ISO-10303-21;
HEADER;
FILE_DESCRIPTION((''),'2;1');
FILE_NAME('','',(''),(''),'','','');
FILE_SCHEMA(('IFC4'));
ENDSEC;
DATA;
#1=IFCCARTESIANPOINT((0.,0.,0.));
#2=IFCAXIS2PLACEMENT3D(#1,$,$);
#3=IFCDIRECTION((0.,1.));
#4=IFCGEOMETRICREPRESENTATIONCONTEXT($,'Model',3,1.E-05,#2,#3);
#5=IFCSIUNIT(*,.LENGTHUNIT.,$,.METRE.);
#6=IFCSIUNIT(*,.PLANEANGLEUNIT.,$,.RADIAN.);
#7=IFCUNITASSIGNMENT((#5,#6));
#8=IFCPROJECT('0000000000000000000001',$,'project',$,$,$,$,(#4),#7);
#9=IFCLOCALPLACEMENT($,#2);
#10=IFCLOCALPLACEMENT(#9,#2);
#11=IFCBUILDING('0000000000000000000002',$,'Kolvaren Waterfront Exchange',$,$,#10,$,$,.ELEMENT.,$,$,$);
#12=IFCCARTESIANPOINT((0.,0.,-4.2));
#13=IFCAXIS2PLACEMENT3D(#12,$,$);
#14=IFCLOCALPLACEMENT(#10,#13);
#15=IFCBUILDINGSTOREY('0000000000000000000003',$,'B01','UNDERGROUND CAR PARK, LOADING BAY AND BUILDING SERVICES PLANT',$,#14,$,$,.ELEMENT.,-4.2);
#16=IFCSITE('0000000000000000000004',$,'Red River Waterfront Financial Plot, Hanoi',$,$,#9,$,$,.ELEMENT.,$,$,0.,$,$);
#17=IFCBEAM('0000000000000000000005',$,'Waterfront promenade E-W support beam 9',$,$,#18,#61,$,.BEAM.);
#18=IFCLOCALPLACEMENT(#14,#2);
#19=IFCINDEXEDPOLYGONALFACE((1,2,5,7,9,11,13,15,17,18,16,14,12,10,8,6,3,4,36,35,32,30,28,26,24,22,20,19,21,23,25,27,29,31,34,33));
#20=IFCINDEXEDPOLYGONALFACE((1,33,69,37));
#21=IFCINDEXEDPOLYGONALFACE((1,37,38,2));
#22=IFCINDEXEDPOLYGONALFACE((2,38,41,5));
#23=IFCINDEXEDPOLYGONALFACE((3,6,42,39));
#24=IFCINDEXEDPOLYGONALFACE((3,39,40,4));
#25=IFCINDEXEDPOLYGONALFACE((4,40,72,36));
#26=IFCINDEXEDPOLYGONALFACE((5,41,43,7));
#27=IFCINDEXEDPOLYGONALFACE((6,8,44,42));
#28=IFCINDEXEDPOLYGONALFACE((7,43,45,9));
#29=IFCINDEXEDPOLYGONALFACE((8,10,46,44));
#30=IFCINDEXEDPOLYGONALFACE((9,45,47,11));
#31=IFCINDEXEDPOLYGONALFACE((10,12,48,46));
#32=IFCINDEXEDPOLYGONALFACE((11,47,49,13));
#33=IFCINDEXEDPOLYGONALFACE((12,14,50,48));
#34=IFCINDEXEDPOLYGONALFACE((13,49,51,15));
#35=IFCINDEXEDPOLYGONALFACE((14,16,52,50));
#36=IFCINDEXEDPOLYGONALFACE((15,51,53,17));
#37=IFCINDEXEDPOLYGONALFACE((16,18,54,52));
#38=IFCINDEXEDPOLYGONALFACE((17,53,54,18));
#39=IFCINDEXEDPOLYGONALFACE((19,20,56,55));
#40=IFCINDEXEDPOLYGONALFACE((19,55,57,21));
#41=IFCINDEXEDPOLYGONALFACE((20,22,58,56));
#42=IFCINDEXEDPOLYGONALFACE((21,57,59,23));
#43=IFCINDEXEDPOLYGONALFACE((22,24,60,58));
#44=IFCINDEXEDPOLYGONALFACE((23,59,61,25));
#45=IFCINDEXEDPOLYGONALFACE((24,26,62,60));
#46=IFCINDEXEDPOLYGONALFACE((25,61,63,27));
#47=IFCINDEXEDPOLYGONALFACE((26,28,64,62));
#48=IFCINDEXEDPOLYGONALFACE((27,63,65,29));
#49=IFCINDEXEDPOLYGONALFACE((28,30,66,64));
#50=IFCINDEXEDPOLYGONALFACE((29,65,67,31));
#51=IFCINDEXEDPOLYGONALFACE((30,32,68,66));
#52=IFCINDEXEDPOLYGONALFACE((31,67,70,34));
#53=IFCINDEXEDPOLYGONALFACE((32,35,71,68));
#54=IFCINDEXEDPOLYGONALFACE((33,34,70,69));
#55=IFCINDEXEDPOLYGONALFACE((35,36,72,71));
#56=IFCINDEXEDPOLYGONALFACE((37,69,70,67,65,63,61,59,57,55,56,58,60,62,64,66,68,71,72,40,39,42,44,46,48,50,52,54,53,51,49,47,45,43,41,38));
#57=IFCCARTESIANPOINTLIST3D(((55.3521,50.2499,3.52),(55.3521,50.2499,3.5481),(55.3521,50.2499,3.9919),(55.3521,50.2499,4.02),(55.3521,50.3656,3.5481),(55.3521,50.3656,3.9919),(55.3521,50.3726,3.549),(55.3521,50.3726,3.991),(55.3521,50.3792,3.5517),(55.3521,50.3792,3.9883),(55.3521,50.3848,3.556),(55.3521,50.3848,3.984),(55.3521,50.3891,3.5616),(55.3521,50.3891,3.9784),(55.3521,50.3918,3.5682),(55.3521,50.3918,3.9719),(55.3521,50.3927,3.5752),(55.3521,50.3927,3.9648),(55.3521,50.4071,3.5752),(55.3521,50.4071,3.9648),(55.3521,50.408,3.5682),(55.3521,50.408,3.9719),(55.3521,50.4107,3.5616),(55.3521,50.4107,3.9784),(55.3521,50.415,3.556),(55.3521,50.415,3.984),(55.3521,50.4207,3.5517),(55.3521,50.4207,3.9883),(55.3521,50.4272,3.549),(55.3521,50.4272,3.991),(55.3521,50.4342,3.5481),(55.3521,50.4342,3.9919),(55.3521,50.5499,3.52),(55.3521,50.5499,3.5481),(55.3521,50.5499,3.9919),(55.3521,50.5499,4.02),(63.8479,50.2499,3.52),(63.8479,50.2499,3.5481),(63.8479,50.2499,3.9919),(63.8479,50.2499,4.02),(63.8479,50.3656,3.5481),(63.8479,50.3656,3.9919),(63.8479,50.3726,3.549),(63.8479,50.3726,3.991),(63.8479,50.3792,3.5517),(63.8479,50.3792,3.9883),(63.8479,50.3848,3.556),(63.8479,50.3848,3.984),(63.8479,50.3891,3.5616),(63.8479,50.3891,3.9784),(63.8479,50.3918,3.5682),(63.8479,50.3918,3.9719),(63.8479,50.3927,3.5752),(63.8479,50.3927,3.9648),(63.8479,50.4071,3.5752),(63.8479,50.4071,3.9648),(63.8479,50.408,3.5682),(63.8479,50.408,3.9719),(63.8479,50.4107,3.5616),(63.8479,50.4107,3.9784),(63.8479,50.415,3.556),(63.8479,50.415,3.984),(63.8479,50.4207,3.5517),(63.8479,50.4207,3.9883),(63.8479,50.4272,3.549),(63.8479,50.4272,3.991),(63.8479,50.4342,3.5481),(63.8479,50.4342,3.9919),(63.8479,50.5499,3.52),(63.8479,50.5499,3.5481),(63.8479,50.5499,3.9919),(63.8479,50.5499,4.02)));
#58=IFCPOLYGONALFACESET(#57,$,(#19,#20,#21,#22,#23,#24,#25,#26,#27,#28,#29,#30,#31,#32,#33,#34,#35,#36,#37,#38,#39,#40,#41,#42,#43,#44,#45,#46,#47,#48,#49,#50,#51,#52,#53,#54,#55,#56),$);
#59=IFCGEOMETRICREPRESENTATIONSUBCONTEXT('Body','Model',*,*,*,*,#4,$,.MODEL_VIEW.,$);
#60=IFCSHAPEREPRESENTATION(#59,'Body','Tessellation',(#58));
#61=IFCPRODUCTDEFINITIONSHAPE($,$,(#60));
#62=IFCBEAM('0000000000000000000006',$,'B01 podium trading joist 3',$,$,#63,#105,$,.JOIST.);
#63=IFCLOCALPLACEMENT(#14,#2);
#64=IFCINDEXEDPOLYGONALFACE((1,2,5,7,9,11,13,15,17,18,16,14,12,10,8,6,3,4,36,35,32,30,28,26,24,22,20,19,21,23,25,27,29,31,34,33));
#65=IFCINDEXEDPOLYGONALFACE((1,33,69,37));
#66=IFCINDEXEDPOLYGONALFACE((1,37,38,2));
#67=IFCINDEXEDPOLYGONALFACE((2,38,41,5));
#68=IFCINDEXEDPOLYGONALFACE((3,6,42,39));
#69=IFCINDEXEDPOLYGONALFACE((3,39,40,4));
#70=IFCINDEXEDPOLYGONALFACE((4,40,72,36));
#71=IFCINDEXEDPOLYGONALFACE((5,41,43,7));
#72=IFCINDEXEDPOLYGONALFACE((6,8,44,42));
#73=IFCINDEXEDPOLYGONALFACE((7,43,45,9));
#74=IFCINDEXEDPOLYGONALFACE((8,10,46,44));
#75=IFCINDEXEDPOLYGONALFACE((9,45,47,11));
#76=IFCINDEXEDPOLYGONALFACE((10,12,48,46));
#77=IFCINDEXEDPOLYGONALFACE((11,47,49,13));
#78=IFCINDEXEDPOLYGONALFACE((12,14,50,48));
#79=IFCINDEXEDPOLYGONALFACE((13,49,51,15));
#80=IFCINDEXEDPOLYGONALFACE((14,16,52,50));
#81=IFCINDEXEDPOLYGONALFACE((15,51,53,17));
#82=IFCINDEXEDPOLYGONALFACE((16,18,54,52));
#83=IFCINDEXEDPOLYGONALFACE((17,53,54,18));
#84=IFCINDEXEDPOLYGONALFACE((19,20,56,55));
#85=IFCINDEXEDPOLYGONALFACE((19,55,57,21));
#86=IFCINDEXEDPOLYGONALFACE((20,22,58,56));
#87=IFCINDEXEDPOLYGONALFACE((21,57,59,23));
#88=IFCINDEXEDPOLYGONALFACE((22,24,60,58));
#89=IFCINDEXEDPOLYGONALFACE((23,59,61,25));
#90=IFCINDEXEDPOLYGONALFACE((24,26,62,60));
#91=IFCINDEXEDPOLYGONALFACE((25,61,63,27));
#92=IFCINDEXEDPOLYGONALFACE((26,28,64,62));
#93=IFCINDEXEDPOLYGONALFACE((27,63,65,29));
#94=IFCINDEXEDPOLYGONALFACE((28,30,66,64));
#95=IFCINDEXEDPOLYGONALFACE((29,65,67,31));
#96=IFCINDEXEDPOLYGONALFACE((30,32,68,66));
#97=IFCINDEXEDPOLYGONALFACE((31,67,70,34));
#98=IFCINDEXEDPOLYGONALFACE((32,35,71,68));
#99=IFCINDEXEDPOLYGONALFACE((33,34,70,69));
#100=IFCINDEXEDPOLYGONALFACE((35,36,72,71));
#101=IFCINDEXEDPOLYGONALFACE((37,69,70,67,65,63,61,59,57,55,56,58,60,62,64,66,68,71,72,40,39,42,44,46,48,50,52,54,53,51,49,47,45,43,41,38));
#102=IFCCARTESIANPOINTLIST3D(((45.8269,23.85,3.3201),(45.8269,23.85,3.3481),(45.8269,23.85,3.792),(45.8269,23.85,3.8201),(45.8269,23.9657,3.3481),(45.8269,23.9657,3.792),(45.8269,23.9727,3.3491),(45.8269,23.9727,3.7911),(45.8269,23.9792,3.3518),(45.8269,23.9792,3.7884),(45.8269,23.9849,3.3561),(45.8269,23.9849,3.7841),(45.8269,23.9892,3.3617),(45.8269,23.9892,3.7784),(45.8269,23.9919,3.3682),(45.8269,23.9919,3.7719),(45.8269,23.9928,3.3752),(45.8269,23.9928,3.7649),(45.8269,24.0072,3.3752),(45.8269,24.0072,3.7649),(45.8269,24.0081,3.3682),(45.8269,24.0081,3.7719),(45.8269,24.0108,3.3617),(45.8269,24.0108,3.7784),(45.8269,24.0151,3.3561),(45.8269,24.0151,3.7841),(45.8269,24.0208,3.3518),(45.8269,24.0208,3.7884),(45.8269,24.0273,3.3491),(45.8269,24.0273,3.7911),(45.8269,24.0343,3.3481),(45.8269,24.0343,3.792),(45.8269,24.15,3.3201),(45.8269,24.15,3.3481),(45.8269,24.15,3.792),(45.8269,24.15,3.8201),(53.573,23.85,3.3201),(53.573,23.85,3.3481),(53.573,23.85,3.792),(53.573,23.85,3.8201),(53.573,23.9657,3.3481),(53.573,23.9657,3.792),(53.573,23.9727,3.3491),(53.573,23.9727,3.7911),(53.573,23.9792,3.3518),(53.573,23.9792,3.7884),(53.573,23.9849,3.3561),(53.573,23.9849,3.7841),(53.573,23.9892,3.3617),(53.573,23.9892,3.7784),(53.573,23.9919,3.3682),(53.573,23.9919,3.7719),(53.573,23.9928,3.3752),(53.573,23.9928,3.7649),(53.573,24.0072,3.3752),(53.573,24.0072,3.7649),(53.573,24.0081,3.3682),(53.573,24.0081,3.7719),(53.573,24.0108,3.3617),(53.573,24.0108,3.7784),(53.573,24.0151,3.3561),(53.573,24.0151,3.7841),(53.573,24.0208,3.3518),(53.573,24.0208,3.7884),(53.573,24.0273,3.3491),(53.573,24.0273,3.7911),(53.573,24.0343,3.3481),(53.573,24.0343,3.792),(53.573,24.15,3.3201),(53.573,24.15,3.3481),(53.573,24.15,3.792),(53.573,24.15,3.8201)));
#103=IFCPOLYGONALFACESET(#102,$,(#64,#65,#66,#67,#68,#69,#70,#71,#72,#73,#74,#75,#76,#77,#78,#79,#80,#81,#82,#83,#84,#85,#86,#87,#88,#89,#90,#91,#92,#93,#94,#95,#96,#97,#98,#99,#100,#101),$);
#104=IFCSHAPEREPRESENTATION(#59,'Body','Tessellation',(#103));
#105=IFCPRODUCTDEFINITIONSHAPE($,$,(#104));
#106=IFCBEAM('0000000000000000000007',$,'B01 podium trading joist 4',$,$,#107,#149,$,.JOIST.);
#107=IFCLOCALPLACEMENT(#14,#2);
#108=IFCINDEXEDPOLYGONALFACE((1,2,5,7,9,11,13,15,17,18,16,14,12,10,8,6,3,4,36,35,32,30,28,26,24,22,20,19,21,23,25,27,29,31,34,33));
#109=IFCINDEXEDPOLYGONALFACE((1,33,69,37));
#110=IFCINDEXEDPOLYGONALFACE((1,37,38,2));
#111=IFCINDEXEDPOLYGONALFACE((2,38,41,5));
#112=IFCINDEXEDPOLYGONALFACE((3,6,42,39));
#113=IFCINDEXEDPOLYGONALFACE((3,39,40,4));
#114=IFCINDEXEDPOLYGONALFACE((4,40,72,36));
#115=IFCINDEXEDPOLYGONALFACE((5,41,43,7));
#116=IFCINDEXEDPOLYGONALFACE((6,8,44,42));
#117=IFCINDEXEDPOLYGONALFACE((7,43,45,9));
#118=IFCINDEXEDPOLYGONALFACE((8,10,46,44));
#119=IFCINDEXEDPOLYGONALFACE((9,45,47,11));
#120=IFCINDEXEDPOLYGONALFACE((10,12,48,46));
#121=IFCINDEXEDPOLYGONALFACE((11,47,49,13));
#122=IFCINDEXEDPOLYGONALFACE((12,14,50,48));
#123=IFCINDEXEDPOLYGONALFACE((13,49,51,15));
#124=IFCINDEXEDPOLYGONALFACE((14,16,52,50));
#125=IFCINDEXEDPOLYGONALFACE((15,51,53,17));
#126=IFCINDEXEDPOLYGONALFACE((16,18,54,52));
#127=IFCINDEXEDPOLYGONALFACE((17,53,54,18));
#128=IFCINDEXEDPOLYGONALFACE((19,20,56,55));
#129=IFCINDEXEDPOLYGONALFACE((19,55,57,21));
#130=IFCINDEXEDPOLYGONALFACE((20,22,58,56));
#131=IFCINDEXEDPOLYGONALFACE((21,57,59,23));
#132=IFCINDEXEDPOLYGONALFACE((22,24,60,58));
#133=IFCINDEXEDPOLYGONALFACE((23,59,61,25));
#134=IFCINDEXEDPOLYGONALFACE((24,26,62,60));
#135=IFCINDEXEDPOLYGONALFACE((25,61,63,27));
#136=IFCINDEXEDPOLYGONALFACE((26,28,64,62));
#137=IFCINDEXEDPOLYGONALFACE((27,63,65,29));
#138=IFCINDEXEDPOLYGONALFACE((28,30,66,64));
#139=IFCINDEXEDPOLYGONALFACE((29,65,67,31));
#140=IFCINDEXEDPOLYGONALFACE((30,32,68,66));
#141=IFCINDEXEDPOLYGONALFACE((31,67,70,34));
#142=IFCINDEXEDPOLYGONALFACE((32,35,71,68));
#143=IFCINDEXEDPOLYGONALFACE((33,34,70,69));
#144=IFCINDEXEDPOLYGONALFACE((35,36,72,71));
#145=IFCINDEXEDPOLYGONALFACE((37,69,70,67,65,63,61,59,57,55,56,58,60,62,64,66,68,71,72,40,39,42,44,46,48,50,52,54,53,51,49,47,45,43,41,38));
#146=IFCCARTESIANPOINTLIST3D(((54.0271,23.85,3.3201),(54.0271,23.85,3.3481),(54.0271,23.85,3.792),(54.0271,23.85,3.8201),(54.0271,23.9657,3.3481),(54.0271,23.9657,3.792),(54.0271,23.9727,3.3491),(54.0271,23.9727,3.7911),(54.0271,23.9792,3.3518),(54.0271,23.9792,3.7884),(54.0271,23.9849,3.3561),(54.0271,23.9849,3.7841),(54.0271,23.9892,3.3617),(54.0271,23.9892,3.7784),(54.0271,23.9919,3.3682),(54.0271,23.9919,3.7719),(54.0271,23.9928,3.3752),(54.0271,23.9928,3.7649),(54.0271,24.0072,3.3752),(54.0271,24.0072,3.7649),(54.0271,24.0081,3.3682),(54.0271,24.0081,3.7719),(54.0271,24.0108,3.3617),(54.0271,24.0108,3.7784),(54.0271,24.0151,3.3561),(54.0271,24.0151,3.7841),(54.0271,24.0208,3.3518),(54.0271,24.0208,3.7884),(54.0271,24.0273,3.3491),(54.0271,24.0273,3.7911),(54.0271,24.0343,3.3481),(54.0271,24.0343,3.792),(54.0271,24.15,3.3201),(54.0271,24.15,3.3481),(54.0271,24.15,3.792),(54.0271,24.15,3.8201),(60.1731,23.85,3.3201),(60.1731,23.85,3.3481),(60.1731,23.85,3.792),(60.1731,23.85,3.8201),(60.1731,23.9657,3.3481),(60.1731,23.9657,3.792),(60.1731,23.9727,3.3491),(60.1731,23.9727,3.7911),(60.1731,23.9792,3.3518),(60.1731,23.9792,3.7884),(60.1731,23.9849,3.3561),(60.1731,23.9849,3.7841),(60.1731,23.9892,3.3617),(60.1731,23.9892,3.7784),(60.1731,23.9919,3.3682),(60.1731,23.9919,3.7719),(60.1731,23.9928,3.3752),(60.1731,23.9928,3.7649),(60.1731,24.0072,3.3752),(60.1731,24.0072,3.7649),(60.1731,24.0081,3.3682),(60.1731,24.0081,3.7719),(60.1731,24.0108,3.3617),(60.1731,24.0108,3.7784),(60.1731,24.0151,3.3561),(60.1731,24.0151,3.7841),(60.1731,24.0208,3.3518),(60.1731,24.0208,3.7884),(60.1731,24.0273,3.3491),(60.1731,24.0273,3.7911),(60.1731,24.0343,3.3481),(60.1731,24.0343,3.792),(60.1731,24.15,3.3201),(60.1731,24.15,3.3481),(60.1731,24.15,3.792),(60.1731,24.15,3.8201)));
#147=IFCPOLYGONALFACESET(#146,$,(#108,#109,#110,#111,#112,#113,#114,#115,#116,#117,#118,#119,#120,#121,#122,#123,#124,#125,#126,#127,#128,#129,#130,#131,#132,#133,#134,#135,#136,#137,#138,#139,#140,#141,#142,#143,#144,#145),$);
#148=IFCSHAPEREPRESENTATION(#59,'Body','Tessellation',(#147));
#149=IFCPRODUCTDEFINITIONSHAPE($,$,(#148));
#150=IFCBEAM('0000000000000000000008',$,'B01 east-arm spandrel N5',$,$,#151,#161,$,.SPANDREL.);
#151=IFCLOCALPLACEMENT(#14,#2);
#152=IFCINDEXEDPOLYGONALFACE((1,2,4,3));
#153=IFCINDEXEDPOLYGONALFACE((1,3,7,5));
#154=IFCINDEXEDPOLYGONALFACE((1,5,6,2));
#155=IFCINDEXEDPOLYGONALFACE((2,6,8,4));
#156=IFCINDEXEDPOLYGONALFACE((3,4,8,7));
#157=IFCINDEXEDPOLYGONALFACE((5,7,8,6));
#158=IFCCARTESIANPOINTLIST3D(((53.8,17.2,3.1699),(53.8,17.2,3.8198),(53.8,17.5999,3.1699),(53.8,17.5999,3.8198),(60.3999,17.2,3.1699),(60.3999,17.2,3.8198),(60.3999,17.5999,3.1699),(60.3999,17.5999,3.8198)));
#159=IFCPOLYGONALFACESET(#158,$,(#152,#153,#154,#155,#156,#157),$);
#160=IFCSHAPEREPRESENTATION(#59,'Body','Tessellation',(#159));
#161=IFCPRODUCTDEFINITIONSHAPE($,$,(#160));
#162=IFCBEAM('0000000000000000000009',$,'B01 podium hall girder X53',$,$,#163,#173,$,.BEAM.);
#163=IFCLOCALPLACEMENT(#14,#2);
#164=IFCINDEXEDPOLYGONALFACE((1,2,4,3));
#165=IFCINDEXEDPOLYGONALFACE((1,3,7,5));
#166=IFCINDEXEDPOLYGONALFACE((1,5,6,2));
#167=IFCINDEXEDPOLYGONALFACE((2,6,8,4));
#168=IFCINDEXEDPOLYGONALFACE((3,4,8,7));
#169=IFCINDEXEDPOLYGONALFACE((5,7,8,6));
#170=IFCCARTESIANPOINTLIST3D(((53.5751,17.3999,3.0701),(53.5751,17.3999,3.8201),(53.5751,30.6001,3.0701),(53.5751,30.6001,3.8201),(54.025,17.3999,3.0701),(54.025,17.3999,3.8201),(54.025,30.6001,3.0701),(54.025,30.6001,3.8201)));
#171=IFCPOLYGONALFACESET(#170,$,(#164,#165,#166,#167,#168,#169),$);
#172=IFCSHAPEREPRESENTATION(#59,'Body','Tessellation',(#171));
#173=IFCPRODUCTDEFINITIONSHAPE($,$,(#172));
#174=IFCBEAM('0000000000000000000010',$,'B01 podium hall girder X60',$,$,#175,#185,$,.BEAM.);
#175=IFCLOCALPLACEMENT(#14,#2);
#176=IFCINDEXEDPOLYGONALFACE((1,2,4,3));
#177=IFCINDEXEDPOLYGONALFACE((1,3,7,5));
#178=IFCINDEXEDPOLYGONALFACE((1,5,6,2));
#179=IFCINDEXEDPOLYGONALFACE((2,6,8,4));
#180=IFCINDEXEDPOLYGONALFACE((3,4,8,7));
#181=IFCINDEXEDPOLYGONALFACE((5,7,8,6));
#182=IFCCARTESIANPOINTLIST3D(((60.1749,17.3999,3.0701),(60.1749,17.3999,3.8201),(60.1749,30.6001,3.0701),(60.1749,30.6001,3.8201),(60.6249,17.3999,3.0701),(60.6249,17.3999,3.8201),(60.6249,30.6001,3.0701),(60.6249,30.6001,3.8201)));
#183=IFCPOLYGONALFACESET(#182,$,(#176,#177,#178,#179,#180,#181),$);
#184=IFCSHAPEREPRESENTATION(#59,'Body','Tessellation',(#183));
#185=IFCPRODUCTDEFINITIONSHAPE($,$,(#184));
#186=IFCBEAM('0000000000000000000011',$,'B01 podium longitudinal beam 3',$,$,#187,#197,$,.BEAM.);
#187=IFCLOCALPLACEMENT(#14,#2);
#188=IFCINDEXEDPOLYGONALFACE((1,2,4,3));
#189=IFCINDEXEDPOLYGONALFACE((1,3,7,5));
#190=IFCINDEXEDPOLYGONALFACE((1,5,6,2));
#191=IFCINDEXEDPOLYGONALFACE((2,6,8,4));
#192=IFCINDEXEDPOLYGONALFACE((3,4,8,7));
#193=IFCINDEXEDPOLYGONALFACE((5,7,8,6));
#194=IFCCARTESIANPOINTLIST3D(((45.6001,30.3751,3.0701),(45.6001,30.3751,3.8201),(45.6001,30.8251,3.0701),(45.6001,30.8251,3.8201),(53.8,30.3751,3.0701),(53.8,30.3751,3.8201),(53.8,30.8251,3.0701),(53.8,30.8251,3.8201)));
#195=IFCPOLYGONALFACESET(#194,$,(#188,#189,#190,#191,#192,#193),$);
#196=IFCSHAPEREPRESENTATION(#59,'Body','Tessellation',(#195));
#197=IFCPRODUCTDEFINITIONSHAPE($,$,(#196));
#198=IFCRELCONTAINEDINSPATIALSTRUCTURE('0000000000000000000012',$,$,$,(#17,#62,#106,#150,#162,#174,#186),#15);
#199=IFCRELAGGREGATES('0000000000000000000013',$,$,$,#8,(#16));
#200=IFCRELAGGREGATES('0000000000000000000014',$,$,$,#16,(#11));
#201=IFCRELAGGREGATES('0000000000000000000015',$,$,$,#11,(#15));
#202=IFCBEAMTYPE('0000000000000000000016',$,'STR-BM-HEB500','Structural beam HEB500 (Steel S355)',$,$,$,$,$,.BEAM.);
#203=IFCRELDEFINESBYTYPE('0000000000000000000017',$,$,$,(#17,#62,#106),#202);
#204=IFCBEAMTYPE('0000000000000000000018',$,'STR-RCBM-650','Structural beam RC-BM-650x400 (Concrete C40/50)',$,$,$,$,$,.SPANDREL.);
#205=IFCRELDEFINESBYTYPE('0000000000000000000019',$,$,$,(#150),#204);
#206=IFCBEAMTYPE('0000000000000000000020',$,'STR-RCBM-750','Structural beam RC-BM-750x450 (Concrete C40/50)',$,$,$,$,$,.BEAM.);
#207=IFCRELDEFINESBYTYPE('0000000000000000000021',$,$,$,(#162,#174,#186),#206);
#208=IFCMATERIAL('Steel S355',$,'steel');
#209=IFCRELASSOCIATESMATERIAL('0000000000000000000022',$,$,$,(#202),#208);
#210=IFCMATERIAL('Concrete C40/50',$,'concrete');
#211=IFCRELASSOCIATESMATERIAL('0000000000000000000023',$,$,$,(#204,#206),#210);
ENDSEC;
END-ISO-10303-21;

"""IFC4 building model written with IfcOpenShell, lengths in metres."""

from ifc_helpers import new_model, si_unit, direction, frame, origin, origin_2d, place, context, subcontext, project, spatial, rectangle, i_section, extrude, material, material_profile, profile_set, type_object, element, save


model = new_model("IFC4")

# Units and contexts
model_context = context("Model", 3, precision=1e-05, world=origin(), true_north=direction((0.0, 1.0)))
body_context = subcontext(model_context, "Body", "Model", "MODEL_VIEW")
ifc_project = project(units=[si_unit("LENGTHUNIT", "METRE"), si_unit("PLANEANGLEUNIT", "RADIAN")], contexts=[model_context])

# Site, building, storey
site_placement = place(None, origin())
site = spatial("IfcSite", under=ifc_project, at=site_placement, Name="Red River Waterfront Financial Plot, Hanoi", CompositionType="ELEMENT", RefElevation=0.0)
building_placement = place(site_placement, origin())
building = spatial("IfcBuilding", under=site, at=building_placement, Name="Kolvaren Waterfront Exchange", CompositionType="ELEMENT")
storey_placement = place(building_placement, frame((0.0, 0.0, -4.2)))
storey = spatial("IfcBuildingStorey", under=building, at=storey_placement, Name="B01", Description="UNDERGROUND CAR PARK, LOADING BAY AND BUILDING SERVICES PLANT", CompositionType="ELEMENT", Elevation=-4.2)

# Beams
ifc_material_1 = material(Name="Steel S355", Category="steel")
ifc_material_profile_1 = material_profile(ifc_material_1, i_section(OverallWidth=0.3, OverallDepth=0.5, WebThickness=0.0144, FlangeThickness=0.0281, FilletRadius=0.0271, at=origin_2d()), Name="HEB500")
ifc_profile_set_1 = profile_set([ifc_material_profile_1], Name="Steel S355")
beam_type_1 = type_object("IfcBeamType", Name="STR-BM-HEB500", Description="Structural beam HEB500 (Steel S355)", PredefinedType="BEAM", material=ifc_profile_set_1)
beam_1_placement = place(storey_placement, frame((55.3521, 50.3999, 3.77), z_axis=(1.0, 0.0, 0.0), x_axis=(0.0, 1.0, 0.0)))
element("IfcBeam", 1, at=beam_1_placement, inside=storey, type_object=beam_type_1, Name="Waterfront promenade E-W support beam 9", PredefinedType="BEAM", context=body_context, shape_type="SweptSolid", body=[
    extrude(i_section(OverallWidth=0.3, OverallDepth=0.5, WebThickness=0.0144, FlangeThickness=0.0281, FilletRadius=0.0271, at=origin_2d()), origin(), (0.0, 0.0, 1.0), 8.4958),
])
beam_2_placement = place(storey_placement, frame((45.8269, 24.0, 3.5701), z_axis=(1.0, 0.0, 0.0), x_axis=(0.0, 1.0, 0.0)))
element("IfcBeam", 2, at=beam_2_placement, inside=storey, type_object=beam_type_1, Name="B01 podium trading joist 3", PredefinedType="JOIST", context=body_context, shape_type="SweptSolid", body=[
    extrude(i_section(OverallWidth=0.3, OverallDepth=0.5, WebThickness=0.0144, FlangeThickness=0.0281, FilletRadius=0.0271, at=origin_2d()), origin(), (0.0, 0.0, 1.0), 7.7461),
])
beam_3_placement = place(storey_placement, frame((54.0271, 24.0, 3.5701), z_axis=(1.0, 0.0, 0.0), x_axis=(0.0, 1.0, 0.0)))
element("IfcBeam", 3, at=beam_3_placement, inside=storey, type_object=beam_type_1, Name="B01 podium trading joist 4", PredefinedType="JOIST", context=body_context, shape_type="SweptSolid", body=[
    extrude(i_section(OverallWidth=0.3, OverallDepth=0.5, WebThickness=0.0144, FlangeThickness=0.0281, FilletRadius=0.0271, at=origin_2d()), origin(), (0.0, 0.0, 1.0), 6.146),
])
ifc_material_2 = material(Name="Concrete C40/50", Category="concrete")
ifc_material_profile_2 = material_profile(ifc_material_2, rectangle(XDim=0.3999, YDim=0.6499, at=origin_2d()), Name="RC-BM-650x400")
ifc_profile_set_2 = profile_set([ifc_material_profile_2], Name="Concrete C40/50")
beam_type_2 = type_object("IfcBeamType", Name="STR-RCBM-650", Description="Structural beam RC-BM-650x400 (Concrete C40/50)", PredefinedType="SPANDREL", material=ifc_profile_set_2)
beam_4_placement = place(storey_placement, frame((53.8, 17.3999, 3.4949), z_axis=(1.0, 0.0, 0.0), x_axis=(0.0, 1.0, 0.0)))
element("IfcBeam", 4, at=beam_4_placement, inside=storey, type_object=beam_type_2, Name="B01 east-arm spandrel N5", PredefinedType="SPANDREL", context=body_context, shape_type="SweptSolid", body=[
    extrude(rectangle(XDim=0.3999, YDim=0.6499, at=origin_2d()), origin(), (0.0, 0.0, 1.0), 6.5999),
])
ifc_material_profile_3 = material_profile(ifc_material_2, rectangle(XDim=0.45, YDim=0.75, at=origin_2d()), Name="RC-BM-750x450")
ifc_profile_set_3 = profile_set([ifc_material_profile_3], Name="Concrete C40/50")
beam_type_3 = type_object("IfcBeamType", Name="STR-RCBM-750", Description="Structural beam RC-BM-750x450 (Concrete C40/50)", PredefinedType="BEAM", material=ifc_profile_set_3)
for number, where, z_axis, x_axis, name in (
    (5, (53.8, 17.3999, 3.4451), (0.0, 1.0, 0.0), (-1.0, 0.0, 0.0), "B01 podium hall girder X53"),
    (6, (60.3999, 17.3999, 3.4451), (0.0, 1.0, 0.0), (-1.0, 0.0, 0.0), "B01 podium hall girder X60"),
):
    element("IfcBeam", number, at=place(storey_placement, frame(where, z_axis=z_axis, x_axis=x_axis)), inside=storey, type_object=beam_type_3, Name=name, PredefinedType="BEAM", context=body_context, shape_type="SweptSolid", body=[
        extrude(rectangle(XDim=0.45, YDim=0.75, at=origin_2d()), origin(), (0.0, 0.0, 1.0), 13.2002),
    ])
beam_5_placement = place(storey_placement, frame((45.6001, 30.6001, 3.4451), z_axis=(1.0, 0.0, 0.0), x_axis=(0.0, 1.0, 0.0)))
element("IfcBeam", 7, at=beam_5_placement, inside=storey, type_object=beam_type_3, Name="B01 podium longitudinal beam 3", PredefinedType="BEAM", context=body_context, shape_type="SweptSolid", body=[
    extrude(rectangle(XDim=0.45, YDim=0.75, at=origin_2d()), origin(), (0.0, 0.0, 1.0), 8.2),
])

save(model, "model.ifc")
